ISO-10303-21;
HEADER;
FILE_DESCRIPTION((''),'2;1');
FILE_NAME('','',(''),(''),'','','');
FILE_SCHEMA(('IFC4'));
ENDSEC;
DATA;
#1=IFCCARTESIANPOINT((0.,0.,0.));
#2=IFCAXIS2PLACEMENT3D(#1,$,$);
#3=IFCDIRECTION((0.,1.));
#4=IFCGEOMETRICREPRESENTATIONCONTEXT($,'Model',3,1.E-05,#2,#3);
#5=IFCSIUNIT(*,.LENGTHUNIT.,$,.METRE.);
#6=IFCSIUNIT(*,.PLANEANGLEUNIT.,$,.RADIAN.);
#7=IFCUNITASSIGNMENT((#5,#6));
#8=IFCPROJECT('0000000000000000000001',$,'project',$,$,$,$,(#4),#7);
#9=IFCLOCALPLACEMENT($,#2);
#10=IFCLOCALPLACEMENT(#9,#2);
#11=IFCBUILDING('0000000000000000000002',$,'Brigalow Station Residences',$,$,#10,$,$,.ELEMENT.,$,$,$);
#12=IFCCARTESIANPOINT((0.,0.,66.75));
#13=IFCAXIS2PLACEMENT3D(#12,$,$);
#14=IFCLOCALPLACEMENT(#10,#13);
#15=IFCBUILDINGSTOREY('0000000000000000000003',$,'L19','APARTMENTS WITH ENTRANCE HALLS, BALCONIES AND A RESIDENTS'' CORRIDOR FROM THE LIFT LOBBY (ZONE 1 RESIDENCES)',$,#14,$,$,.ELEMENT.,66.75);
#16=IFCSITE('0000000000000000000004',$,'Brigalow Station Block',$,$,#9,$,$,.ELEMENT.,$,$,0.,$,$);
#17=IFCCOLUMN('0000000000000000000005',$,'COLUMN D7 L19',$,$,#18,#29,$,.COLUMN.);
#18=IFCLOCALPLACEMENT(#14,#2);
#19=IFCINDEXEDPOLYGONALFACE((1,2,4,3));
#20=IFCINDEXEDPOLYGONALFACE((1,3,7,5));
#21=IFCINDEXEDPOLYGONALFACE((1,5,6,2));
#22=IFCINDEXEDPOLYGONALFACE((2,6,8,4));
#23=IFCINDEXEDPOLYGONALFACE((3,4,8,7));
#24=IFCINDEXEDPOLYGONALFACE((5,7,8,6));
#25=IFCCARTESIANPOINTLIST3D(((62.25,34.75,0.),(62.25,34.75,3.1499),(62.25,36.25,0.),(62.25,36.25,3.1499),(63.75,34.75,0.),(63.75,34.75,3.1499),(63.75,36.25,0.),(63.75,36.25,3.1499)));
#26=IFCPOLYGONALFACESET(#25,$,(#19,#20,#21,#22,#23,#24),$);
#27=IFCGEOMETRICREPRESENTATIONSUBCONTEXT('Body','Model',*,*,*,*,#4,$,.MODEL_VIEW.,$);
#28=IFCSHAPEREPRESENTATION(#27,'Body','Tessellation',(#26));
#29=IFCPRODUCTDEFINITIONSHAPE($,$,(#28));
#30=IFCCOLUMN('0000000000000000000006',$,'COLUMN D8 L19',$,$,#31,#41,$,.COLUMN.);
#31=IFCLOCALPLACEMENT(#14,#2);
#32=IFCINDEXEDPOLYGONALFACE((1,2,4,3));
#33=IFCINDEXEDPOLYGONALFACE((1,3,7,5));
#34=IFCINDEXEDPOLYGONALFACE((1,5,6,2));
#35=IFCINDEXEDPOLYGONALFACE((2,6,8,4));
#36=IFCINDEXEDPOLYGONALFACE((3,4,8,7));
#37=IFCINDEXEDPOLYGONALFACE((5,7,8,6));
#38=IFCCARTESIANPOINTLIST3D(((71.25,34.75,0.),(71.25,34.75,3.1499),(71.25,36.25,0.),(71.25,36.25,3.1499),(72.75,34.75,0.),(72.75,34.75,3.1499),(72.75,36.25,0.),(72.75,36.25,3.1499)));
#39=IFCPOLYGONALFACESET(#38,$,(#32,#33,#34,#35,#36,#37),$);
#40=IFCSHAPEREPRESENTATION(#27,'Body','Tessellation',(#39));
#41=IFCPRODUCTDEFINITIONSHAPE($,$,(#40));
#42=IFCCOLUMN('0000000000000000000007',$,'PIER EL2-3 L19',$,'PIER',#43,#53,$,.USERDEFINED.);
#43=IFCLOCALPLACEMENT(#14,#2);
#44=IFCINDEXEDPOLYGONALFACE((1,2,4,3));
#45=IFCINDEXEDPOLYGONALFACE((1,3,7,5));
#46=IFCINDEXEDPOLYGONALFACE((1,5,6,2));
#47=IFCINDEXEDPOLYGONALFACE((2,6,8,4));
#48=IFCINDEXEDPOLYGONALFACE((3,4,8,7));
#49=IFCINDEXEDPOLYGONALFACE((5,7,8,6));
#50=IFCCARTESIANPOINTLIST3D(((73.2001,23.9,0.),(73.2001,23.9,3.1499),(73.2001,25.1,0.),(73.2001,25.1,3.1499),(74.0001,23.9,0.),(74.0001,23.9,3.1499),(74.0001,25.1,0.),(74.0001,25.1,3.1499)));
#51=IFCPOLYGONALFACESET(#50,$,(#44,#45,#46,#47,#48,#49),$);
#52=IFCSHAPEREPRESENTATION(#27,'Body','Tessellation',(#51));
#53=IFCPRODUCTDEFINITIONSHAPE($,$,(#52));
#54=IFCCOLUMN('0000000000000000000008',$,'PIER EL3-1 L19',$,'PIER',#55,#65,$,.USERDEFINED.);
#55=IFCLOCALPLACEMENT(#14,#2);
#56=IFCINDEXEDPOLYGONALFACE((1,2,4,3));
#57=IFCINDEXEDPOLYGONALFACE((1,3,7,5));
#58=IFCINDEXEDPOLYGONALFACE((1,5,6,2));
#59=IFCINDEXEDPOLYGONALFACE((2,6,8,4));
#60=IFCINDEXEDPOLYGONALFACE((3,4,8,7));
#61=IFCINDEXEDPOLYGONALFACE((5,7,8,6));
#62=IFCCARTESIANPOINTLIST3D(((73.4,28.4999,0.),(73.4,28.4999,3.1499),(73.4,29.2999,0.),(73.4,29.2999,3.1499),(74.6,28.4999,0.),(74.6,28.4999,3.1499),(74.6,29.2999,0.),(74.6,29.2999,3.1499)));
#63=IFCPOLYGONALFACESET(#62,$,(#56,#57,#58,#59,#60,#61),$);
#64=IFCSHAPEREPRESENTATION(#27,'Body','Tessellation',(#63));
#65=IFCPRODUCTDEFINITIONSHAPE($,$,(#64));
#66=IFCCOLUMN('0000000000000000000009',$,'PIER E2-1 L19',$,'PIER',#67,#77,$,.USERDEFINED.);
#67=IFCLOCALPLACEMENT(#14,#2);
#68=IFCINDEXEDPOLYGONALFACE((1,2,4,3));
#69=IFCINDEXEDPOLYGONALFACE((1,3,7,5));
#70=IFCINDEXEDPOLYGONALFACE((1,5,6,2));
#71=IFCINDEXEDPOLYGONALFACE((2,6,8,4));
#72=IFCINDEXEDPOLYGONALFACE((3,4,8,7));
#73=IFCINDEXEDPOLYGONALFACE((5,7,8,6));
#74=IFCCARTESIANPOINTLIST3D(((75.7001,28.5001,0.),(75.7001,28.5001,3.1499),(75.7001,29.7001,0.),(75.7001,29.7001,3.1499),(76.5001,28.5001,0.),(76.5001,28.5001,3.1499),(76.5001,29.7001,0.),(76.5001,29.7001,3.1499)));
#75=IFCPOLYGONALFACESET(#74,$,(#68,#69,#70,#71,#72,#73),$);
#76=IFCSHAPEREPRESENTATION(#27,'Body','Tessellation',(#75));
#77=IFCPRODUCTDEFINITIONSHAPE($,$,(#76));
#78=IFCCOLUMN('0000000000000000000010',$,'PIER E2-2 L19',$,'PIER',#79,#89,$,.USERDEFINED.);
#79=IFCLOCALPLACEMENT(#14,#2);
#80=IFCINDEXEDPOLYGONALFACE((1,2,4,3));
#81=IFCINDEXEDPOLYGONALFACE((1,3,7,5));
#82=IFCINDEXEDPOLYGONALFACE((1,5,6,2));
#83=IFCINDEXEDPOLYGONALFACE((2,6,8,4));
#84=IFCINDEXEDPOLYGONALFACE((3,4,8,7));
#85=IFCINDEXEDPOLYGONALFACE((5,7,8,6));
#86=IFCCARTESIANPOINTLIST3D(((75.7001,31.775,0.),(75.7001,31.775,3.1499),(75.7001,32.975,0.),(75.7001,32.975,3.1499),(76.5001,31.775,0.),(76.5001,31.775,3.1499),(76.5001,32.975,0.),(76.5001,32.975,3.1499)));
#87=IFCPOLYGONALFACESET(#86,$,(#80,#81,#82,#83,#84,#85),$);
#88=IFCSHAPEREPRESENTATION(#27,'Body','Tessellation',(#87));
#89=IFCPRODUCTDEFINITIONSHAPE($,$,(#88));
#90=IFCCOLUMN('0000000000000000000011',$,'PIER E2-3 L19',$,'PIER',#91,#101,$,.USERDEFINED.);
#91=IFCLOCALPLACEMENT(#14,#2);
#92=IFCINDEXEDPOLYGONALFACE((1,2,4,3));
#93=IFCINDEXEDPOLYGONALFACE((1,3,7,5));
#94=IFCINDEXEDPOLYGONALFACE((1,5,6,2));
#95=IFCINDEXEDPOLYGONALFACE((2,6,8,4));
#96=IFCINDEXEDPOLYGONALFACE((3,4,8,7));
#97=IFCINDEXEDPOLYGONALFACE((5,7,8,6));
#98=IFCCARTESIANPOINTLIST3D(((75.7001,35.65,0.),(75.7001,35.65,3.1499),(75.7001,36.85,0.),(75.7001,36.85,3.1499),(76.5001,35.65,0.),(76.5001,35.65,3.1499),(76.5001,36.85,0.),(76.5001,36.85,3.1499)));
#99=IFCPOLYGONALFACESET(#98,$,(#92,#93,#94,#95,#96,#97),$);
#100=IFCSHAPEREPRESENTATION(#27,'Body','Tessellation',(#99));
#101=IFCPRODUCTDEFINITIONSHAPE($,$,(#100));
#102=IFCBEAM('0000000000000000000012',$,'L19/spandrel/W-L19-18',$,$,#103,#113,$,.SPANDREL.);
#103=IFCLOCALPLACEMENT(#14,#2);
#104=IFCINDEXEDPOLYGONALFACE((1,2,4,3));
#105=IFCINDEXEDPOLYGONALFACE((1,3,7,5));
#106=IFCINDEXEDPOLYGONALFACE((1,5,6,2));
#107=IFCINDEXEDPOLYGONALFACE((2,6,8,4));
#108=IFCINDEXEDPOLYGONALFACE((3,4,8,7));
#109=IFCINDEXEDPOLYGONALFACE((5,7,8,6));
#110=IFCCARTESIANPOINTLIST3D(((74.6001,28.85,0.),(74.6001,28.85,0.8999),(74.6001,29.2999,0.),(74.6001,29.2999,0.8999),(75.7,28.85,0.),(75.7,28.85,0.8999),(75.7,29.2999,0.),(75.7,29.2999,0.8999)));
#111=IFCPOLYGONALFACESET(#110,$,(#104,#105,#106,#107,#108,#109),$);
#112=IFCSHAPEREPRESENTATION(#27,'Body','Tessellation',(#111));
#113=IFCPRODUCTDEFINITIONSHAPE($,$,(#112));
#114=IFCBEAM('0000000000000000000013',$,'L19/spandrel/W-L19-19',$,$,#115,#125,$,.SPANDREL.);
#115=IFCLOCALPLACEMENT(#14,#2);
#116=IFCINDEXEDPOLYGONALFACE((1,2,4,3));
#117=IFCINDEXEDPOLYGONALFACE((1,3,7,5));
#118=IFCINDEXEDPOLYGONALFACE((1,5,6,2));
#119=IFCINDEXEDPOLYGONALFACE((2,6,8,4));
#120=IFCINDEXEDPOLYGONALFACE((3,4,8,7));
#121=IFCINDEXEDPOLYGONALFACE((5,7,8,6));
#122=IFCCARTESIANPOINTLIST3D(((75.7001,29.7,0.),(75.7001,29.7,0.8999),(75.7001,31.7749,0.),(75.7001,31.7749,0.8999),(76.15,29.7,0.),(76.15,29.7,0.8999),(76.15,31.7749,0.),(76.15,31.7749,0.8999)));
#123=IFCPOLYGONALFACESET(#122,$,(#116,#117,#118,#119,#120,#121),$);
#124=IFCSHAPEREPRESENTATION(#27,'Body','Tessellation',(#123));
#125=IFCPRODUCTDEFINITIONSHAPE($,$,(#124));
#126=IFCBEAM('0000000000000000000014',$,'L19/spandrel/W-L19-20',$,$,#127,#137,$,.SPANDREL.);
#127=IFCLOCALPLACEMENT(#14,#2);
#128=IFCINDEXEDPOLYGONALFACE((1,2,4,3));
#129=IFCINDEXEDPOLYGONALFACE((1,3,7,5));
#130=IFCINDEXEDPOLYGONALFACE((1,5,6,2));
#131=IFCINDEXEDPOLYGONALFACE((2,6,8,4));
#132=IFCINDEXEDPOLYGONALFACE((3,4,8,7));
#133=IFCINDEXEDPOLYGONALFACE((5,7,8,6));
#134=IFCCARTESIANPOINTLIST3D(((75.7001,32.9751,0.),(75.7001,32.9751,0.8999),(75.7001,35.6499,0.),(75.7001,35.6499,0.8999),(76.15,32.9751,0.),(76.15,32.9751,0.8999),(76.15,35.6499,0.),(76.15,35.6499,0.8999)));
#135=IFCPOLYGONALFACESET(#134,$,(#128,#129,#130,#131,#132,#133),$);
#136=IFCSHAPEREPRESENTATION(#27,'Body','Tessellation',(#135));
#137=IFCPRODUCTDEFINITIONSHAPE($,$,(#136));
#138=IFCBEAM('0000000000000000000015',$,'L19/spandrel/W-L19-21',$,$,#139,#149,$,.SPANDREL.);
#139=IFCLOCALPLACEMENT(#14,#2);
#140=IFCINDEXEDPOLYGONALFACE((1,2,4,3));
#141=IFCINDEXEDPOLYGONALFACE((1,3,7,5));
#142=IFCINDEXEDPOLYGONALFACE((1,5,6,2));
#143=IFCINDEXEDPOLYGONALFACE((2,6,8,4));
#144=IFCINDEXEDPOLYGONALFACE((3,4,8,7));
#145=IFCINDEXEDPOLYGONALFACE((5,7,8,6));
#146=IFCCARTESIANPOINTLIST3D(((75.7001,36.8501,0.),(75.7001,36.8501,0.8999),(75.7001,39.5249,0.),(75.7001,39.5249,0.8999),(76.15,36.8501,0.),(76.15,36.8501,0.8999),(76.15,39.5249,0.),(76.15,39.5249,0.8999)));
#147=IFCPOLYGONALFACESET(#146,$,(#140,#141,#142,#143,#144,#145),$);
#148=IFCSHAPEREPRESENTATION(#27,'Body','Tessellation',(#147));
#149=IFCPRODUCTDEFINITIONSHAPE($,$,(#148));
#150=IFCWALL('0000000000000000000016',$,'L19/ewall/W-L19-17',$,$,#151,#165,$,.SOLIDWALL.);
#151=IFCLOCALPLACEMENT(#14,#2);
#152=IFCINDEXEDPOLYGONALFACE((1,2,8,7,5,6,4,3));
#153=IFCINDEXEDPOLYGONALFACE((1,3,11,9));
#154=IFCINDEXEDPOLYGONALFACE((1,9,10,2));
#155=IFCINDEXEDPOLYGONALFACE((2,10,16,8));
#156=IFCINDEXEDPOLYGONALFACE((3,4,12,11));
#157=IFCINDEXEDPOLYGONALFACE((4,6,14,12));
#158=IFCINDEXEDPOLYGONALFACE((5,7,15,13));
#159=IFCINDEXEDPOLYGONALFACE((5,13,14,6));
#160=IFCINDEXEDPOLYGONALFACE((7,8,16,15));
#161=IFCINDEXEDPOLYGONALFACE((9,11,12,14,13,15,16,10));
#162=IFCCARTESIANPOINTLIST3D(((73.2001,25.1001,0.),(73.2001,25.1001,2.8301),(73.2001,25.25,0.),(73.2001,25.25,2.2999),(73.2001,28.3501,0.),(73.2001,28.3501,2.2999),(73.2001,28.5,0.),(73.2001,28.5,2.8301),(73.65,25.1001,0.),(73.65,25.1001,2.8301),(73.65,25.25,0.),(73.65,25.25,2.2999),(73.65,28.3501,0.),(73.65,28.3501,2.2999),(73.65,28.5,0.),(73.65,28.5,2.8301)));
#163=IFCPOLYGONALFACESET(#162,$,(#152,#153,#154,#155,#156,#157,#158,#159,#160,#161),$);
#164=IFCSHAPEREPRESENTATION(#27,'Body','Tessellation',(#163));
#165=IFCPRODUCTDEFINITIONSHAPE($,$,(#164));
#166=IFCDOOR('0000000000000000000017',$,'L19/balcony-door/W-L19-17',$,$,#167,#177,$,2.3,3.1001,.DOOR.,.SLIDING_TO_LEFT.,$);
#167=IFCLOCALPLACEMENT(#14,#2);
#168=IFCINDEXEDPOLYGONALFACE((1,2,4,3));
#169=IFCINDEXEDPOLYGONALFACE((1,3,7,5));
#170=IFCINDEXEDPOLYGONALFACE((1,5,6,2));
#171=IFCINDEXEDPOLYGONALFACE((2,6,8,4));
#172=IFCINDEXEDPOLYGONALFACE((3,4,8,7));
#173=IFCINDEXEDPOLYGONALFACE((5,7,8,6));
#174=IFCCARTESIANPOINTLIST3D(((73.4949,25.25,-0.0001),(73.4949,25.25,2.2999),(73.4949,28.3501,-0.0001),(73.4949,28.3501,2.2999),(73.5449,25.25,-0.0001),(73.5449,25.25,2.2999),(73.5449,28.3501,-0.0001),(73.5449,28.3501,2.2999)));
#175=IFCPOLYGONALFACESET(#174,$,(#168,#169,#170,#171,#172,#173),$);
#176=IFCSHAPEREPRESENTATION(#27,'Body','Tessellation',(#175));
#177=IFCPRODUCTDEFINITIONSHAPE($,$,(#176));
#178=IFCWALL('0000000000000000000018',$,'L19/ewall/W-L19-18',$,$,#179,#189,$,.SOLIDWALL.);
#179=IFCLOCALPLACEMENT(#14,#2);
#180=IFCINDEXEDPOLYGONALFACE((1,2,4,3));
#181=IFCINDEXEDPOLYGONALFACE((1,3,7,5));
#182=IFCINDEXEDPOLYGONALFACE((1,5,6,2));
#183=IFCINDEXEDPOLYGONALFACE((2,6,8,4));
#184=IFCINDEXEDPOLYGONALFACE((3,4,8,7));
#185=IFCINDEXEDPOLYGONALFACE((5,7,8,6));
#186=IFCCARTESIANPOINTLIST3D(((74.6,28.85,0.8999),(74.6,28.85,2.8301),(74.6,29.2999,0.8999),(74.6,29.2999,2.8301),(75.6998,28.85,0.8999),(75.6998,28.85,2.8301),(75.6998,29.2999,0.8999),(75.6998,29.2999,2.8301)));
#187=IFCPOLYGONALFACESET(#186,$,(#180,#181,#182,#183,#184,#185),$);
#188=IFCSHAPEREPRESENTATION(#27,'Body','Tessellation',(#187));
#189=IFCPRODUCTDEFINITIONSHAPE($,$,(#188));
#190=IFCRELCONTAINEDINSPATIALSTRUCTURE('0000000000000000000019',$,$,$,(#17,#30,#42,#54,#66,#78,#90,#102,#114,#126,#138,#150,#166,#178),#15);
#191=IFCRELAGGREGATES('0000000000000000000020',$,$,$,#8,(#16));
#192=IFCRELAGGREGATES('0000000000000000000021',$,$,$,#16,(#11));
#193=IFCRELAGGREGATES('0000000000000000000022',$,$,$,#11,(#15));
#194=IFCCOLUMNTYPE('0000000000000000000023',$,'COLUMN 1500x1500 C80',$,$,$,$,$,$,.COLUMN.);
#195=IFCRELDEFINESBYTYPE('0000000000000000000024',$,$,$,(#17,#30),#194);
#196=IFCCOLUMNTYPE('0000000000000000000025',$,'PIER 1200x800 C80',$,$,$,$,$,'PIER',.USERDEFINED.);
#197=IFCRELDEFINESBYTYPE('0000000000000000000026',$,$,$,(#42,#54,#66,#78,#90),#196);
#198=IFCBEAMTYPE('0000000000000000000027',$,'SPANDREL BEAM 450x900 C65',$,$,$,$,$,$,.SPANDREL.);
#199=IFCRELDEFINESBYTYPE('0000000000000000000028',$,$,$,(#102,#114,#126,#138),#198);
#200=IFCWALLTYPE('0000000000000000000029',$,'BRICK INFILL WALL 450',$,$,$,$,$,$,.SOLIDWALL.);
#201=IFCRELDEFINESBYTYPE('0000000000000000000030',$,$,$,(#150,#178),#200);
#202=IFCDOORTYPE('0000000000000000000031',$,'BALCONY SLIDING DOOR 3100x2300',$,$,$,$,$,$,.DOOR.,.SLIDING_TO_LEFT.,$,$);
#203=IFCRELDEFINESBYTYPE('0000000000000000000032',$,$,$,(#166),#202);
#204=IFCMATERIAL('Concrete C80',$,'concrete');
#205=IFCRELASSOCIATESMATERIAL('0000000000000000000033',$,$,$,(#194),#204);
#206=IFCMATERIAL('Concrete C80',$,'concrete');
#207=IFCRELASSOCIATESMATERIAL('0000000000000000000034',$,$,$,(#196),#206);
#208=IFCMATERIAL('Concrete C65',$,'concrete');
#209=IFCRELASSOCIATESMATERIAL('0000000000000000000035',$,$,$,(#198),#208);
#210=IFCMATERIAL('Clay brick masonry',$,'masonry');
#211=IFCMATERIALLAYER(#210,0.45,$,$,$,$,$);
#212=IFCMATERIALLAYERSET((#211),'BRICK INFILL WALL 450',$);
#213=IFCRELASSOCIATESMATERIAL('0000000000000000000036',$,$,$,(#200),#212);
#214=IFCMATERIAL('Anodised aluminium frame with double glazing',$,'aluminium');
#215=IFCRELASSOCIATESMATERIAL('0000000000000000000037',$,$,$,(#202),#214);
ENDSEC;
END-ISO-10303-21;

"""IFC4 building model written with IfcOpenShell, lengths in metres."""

from ifc_helpers import new_model, si_unit, direction, frame, frame_2d, origin, origin_2d, place, context, subcontext, project, spatial, rectangle, extrude, material, layer, layer_set, material_profile, profile_set, type_object, element, fill, save


model = new_model("IFC4")

# Units and contexts
model_context = context("Model", 3, precision=1e-05, world=origin(), true_north=direction((0.0, 1.0)))
body_context = subcontext(model_context, "Body", "Model", "MODEL_VIEW")
ifc_project = project(units=[si_unit("LENGTHUNIT", "METRE"), si_unit("PLANEANGLEUNIT", "RADIAN")], contexts=[model_context])

# Site, building, storey
site_placement = place(None, origin())
site = spatial("IfcSite", under=ifc_project, at=site_placement, Name="Brigalow Station Block", CompositionType="ELEMENT", RefElevation=0.0)
building_placement = place(site_placement, origin())
building = spatial("IfcBuilding", under=site, at=building_placement, Name="Brigalow Station Residences", CompositionType="ELEMENT")
storey_placement = place(building_placement, frame((0.0, 0.0, 66.75)))
storey = spatial("IfcBuildingStorey", under=building, at=storey_placement, Name="L19", Description="APARTMENTS WITH ENTRANCE HALLS, BALCONIES AND A RESIDENTS' CORRIDOR FROM THE LIFT LOBBY (ZONE 1 RESIDENCES)", CompositionType="ELEMENT", Elevation=66.75)

# Columns
ifc_material_1 = material(Name="Concrete C80", Category="concrete")
ifc_material_profile_1 = material_profile(ifc_material_1, rectangle(XDim=1.5, YDim=1.5, at=origin_2d()), Name="RC1500x1500")
ifc_profile_set_1 = profile_set([ifc_material_profile_1], Name="Concrete C80")
column_type_1 = type_object("IfcColumnType", Name="COLUMN 1500x1500 C80", PredefinedType="COLUMN", material=ifc_profile_set_1)
for number, where, z_axis, x_axis, name in (
    (1, (63.0, 35.5, 0.0), (0.0, 0.0, 1.0), (1.0, 0.0, 0.0), "COLUMN D7 L19"),
    (2, (72.0, 35.5, 0.0), (0.0, 0.0, 1.0), (1.0, 0.0, 0.0), "COLUMN D8 L19"),
):
    element("IfcColumn", number, at=place(storey_placement, frame(where, z_axis=z_axis, x_axis=x_axis)), inside=storey, type_object=column_type_1, Name=name, PredefinedType="COLUMN", context=body_context, shape_type="SweptSolid", body=[
        extrude(rectangle(XDim=1.5, YDim=1.5, at=origin_2d()), origin(), (0.0, 0.0, 1.0), 3.1499),
    ])
ifc_material_2 = material(Name="Concrete C80", Category="concrete")
ifc_material_profile_2 = material_profile(ifc_material_2, rectangle(XDim=1.2, YDim=0.8, at=origin_2d()), Name="RC1200x800")
ifc_profile_set_2 = profile_set([ifc_material_profile_2], Name="Concrete C80")
column_type_2 = type_object("IfcColumnType", Name="PIER 1200x800 C80", ElementType="PIER", PredefinedType="USERDEFINED", material=ifc_profile_set_2)
for number, where, z_axis, x_axis, name in (
    (3, (73.6001, 24.5, 0.0), (0.0, 0.0, 1.0), (0.0, 1.0, 0.0), "PIER EL2-3 L19"),
    (4, (74.0, 28.8999, 0.0), (0.0, 0.0, 1.0), (1.0, 0.0, 0.0), "PIER EL3-1 L19"),
    (5, (76.1001, 29.1001, 0.0), (0.0, 0.0, 1.0), (0.0, 1.0, 0.0), "PIER E2-1 L19"),
    (6, (76.1001, 32.375, 0.0), (0.0, 0.0, 1.0), (0.0, 1.0, 0.0), "PIER E2-2 L19"),
    (7, (76.1001, 36.25, 0.0), (0.0, 0.0, 1.0), (0.0, 1.0, 0.0), "PIER E2-3 L19"),
):
    element("IfcColumn", number, at=place(storey_placement, frame(where, z_axis=z_axis, x_axis=x_axis)), inside=storey, type_object=column_type_2, Name=name, ObjectType="PIER", PredefinedType="USERDEFINED", context=body_context, shape_type="SweptSolid", body=[
        extrude(rectangle(XDim=1.2, YDim=0.8, at=origin_2d()), origin(), (0.0, 0.0, 1.0), 3.1499),
    ])

# Beams
ifc_material_3 = material(Name="Concrete C65", Category="concrete")
ifc_material_profile_3 = material_profile(ifc_material_3, rectangle(XDim=0.45, YDim=0.8999, at=origin_2d()), Name="RC450x900")
ifc_profile_set_3 = profile_set([ifc_material_profile_3], Name="Concrete C65")
beam_type = type_object("IfcBeamType", Name="SPANDREL BEAM 450x900 C65", PredefinedType="SPANDREL", material=ifc_profile_set_3)
beam_1_placement = place(storey_placement, frame((74.6001, 29.075, 0.45), z_axis=(1.0, 0.0, 0.0), x_axis=(0.0, 1.0, 0.0)))
element("IfcBeam", 8, at=beam_1_placement, inside=storey, type_object=beam_type, Name="L19/spandrel/W-L19-18", PredefinedType="SPANDREL", context=body_context, shape_type="SweptSolid", body=[
    extrude(rectangle(XDim=0.45, YDim=0.8999, at=origin_2d()), origin(), (0.0, 0.0, 1.0), 1.0999),
])
beam_2_placement = place(storey_placement, frame((75.925, 29.7, 0.45), z_axis=(0.0, 1.0, 0.0), x_axis=(-1.0, 0.0, 0.0)))
element("IfcBeam", 9, at=beam_2_placement, inside=storey, type_object=beam_type, Name="L19/spandrel/W-L19-19", PredefinedType="SPANDREL", context=body_context, shape_type="SweptSolid", body=[
    extrude(rectangle(XDim=0.45, YDim=0.8999, at=origin_2d()), origin(), (0.0, 0.0, 1.0), 2.075),
])
for number, where, z_axis, x_axis, name in (
    (10, (75.925, 32.9751, 0.45), (0.0, 1.0, 0.0), (-1.0, 0.0, 0.0), "L19/spandrel/W-L19-20"),
    (11, (75.925, 36.8501, 0.45), (0.0, 1.0, 0.0), (-1.0, 0.0, 0.0), "L19/spandrel/W-L19-21"),
):
    element("IfcBeam", number, at=place(storey_placement, frame(where, z_axis=z_axis, x_axis=x_axis)), inside=storey, type_object=beam_type, Name=name, PredefinedType="SPANDREL", context=body_context, shape_type="SweptSolid", body=[
        extrude(rectangle(XDim=0.45, YDim=0.8999, at=origin_2d()), origin(), (0.0, 0.0, 1.0), 2.6748),
    ])

# Wall, opening, door
ifc_material_4 = material(Name="Clay brick masonry", Category="masonry")
ifc_layer_1 = layer(ifc_material_4, 0.45)
ifc_layer_set_1 = layer_set([ifc_layer_1], Name="BRICK INFILL WALL 450")
wall_type_1 = type_object("IfcWallType", Name="BRICK INFILL WALL 450", PredefinedType="SOLIDWALL", material=ifc_layer_set_1)
wall_1_placement = place(storey_placement, frame((73.425, 25.1001, 0.0), z_axis=(0.0, 0.0, 1.0), x_axis=(0.0, 1.0, 0.0)))
wall_1 = element("IfcWall", 12, at=wall_1_placement, inside=storey, type_object=wall_type_1, Name="L19/ewall/W-L19-17", PredefinedType="SOLIDWALL", context=body_context, shape_type="SweptSolid", body=[
    extrude(rectangle(XDim=3.3999, YDim=0.45, at=frame_2d((1.7, 0.0))), origin(), (0.0, 0.0, 1.0), 2.8301),
])
opening_1_placement = place(wall_1_placement, frame((0.1499, 0.0, 0.0)))
opening_1 = element("IfcOpeningElement", 13, at=opening_1_placement, cuts=wall_1, PredefinedType="OPENING", context=body_context, shape_type="SweptSolid", body=[
    extrude(rectangle(XDim=3.1001, YDim=2.3, at=frame_2d((1.55, 1.1499))), frame((0.0, 0.2349, 0.0), z_axis=(0.0, -1.0, 0.0), x_axis=(1.0, 0.0, 0.0)), (0.0, 0.0, 1.0), 0.47),
])
ifc_material_5 = material(Name="Anodised aluminium frame with double glazing", Category="aluminium")
door_type_1 = type_object("IfcDoorType", Name="BALCONY SLIDING DOOR 3100x2300", OperationType="SLIDING_TO_LEFT", PredefinedType="DOOR", material=ifc_material_5)
door_1_placement = place(opening_1_placement, origin())
door_1 = element("IfcDoor", 14, at=door_1_placement, inside=storey, type_object=door_type_1, Name="L19/balcony-door/W-L19-17", OperationType="SLIDING_TO_LEFT", OverallHeight=2.3, OverallWidth=3.1001, PredefinedType="DOOR", context=body_context, shape_type="SweptSolid", body=[
    extrude(rectangle(XDim=3.1001, YDim=2.3, at=frame_2d((1.55, 1.1499))), frame((0.0, -0.0698, 0.0), z_axis=(0.0, -1.0, 0.0), x_axis=(1.0, 0.0, 0.0)), (0.0, 0.0, 1.0), 0.05),
])
fill(opening_1, door_1)

# Wall
wall_2_placement = place(storey_placement, frame((74.6001, 29.075, 0.8999), z_axis=(0.0, 0.0, 1.0), x_axis=(1.0, 0.0, 0.0)))
element("IfcWall", 15, at=wall_2_placement, inside=storey, type_object=wall_type_1, Name="L19/ewall/W-L19-18", PredefinedType="SOLIDWALL", context=body_context, shape_type="SweptSolid", body=[
    extrude(rectangle(XDim=1.0999, YDim=0.45, at=frame_2d((0.5498, 0.0))), origin(), (0.0, 0.0, 1.0), 1.9302),
])

save(model, "model.ifc")
